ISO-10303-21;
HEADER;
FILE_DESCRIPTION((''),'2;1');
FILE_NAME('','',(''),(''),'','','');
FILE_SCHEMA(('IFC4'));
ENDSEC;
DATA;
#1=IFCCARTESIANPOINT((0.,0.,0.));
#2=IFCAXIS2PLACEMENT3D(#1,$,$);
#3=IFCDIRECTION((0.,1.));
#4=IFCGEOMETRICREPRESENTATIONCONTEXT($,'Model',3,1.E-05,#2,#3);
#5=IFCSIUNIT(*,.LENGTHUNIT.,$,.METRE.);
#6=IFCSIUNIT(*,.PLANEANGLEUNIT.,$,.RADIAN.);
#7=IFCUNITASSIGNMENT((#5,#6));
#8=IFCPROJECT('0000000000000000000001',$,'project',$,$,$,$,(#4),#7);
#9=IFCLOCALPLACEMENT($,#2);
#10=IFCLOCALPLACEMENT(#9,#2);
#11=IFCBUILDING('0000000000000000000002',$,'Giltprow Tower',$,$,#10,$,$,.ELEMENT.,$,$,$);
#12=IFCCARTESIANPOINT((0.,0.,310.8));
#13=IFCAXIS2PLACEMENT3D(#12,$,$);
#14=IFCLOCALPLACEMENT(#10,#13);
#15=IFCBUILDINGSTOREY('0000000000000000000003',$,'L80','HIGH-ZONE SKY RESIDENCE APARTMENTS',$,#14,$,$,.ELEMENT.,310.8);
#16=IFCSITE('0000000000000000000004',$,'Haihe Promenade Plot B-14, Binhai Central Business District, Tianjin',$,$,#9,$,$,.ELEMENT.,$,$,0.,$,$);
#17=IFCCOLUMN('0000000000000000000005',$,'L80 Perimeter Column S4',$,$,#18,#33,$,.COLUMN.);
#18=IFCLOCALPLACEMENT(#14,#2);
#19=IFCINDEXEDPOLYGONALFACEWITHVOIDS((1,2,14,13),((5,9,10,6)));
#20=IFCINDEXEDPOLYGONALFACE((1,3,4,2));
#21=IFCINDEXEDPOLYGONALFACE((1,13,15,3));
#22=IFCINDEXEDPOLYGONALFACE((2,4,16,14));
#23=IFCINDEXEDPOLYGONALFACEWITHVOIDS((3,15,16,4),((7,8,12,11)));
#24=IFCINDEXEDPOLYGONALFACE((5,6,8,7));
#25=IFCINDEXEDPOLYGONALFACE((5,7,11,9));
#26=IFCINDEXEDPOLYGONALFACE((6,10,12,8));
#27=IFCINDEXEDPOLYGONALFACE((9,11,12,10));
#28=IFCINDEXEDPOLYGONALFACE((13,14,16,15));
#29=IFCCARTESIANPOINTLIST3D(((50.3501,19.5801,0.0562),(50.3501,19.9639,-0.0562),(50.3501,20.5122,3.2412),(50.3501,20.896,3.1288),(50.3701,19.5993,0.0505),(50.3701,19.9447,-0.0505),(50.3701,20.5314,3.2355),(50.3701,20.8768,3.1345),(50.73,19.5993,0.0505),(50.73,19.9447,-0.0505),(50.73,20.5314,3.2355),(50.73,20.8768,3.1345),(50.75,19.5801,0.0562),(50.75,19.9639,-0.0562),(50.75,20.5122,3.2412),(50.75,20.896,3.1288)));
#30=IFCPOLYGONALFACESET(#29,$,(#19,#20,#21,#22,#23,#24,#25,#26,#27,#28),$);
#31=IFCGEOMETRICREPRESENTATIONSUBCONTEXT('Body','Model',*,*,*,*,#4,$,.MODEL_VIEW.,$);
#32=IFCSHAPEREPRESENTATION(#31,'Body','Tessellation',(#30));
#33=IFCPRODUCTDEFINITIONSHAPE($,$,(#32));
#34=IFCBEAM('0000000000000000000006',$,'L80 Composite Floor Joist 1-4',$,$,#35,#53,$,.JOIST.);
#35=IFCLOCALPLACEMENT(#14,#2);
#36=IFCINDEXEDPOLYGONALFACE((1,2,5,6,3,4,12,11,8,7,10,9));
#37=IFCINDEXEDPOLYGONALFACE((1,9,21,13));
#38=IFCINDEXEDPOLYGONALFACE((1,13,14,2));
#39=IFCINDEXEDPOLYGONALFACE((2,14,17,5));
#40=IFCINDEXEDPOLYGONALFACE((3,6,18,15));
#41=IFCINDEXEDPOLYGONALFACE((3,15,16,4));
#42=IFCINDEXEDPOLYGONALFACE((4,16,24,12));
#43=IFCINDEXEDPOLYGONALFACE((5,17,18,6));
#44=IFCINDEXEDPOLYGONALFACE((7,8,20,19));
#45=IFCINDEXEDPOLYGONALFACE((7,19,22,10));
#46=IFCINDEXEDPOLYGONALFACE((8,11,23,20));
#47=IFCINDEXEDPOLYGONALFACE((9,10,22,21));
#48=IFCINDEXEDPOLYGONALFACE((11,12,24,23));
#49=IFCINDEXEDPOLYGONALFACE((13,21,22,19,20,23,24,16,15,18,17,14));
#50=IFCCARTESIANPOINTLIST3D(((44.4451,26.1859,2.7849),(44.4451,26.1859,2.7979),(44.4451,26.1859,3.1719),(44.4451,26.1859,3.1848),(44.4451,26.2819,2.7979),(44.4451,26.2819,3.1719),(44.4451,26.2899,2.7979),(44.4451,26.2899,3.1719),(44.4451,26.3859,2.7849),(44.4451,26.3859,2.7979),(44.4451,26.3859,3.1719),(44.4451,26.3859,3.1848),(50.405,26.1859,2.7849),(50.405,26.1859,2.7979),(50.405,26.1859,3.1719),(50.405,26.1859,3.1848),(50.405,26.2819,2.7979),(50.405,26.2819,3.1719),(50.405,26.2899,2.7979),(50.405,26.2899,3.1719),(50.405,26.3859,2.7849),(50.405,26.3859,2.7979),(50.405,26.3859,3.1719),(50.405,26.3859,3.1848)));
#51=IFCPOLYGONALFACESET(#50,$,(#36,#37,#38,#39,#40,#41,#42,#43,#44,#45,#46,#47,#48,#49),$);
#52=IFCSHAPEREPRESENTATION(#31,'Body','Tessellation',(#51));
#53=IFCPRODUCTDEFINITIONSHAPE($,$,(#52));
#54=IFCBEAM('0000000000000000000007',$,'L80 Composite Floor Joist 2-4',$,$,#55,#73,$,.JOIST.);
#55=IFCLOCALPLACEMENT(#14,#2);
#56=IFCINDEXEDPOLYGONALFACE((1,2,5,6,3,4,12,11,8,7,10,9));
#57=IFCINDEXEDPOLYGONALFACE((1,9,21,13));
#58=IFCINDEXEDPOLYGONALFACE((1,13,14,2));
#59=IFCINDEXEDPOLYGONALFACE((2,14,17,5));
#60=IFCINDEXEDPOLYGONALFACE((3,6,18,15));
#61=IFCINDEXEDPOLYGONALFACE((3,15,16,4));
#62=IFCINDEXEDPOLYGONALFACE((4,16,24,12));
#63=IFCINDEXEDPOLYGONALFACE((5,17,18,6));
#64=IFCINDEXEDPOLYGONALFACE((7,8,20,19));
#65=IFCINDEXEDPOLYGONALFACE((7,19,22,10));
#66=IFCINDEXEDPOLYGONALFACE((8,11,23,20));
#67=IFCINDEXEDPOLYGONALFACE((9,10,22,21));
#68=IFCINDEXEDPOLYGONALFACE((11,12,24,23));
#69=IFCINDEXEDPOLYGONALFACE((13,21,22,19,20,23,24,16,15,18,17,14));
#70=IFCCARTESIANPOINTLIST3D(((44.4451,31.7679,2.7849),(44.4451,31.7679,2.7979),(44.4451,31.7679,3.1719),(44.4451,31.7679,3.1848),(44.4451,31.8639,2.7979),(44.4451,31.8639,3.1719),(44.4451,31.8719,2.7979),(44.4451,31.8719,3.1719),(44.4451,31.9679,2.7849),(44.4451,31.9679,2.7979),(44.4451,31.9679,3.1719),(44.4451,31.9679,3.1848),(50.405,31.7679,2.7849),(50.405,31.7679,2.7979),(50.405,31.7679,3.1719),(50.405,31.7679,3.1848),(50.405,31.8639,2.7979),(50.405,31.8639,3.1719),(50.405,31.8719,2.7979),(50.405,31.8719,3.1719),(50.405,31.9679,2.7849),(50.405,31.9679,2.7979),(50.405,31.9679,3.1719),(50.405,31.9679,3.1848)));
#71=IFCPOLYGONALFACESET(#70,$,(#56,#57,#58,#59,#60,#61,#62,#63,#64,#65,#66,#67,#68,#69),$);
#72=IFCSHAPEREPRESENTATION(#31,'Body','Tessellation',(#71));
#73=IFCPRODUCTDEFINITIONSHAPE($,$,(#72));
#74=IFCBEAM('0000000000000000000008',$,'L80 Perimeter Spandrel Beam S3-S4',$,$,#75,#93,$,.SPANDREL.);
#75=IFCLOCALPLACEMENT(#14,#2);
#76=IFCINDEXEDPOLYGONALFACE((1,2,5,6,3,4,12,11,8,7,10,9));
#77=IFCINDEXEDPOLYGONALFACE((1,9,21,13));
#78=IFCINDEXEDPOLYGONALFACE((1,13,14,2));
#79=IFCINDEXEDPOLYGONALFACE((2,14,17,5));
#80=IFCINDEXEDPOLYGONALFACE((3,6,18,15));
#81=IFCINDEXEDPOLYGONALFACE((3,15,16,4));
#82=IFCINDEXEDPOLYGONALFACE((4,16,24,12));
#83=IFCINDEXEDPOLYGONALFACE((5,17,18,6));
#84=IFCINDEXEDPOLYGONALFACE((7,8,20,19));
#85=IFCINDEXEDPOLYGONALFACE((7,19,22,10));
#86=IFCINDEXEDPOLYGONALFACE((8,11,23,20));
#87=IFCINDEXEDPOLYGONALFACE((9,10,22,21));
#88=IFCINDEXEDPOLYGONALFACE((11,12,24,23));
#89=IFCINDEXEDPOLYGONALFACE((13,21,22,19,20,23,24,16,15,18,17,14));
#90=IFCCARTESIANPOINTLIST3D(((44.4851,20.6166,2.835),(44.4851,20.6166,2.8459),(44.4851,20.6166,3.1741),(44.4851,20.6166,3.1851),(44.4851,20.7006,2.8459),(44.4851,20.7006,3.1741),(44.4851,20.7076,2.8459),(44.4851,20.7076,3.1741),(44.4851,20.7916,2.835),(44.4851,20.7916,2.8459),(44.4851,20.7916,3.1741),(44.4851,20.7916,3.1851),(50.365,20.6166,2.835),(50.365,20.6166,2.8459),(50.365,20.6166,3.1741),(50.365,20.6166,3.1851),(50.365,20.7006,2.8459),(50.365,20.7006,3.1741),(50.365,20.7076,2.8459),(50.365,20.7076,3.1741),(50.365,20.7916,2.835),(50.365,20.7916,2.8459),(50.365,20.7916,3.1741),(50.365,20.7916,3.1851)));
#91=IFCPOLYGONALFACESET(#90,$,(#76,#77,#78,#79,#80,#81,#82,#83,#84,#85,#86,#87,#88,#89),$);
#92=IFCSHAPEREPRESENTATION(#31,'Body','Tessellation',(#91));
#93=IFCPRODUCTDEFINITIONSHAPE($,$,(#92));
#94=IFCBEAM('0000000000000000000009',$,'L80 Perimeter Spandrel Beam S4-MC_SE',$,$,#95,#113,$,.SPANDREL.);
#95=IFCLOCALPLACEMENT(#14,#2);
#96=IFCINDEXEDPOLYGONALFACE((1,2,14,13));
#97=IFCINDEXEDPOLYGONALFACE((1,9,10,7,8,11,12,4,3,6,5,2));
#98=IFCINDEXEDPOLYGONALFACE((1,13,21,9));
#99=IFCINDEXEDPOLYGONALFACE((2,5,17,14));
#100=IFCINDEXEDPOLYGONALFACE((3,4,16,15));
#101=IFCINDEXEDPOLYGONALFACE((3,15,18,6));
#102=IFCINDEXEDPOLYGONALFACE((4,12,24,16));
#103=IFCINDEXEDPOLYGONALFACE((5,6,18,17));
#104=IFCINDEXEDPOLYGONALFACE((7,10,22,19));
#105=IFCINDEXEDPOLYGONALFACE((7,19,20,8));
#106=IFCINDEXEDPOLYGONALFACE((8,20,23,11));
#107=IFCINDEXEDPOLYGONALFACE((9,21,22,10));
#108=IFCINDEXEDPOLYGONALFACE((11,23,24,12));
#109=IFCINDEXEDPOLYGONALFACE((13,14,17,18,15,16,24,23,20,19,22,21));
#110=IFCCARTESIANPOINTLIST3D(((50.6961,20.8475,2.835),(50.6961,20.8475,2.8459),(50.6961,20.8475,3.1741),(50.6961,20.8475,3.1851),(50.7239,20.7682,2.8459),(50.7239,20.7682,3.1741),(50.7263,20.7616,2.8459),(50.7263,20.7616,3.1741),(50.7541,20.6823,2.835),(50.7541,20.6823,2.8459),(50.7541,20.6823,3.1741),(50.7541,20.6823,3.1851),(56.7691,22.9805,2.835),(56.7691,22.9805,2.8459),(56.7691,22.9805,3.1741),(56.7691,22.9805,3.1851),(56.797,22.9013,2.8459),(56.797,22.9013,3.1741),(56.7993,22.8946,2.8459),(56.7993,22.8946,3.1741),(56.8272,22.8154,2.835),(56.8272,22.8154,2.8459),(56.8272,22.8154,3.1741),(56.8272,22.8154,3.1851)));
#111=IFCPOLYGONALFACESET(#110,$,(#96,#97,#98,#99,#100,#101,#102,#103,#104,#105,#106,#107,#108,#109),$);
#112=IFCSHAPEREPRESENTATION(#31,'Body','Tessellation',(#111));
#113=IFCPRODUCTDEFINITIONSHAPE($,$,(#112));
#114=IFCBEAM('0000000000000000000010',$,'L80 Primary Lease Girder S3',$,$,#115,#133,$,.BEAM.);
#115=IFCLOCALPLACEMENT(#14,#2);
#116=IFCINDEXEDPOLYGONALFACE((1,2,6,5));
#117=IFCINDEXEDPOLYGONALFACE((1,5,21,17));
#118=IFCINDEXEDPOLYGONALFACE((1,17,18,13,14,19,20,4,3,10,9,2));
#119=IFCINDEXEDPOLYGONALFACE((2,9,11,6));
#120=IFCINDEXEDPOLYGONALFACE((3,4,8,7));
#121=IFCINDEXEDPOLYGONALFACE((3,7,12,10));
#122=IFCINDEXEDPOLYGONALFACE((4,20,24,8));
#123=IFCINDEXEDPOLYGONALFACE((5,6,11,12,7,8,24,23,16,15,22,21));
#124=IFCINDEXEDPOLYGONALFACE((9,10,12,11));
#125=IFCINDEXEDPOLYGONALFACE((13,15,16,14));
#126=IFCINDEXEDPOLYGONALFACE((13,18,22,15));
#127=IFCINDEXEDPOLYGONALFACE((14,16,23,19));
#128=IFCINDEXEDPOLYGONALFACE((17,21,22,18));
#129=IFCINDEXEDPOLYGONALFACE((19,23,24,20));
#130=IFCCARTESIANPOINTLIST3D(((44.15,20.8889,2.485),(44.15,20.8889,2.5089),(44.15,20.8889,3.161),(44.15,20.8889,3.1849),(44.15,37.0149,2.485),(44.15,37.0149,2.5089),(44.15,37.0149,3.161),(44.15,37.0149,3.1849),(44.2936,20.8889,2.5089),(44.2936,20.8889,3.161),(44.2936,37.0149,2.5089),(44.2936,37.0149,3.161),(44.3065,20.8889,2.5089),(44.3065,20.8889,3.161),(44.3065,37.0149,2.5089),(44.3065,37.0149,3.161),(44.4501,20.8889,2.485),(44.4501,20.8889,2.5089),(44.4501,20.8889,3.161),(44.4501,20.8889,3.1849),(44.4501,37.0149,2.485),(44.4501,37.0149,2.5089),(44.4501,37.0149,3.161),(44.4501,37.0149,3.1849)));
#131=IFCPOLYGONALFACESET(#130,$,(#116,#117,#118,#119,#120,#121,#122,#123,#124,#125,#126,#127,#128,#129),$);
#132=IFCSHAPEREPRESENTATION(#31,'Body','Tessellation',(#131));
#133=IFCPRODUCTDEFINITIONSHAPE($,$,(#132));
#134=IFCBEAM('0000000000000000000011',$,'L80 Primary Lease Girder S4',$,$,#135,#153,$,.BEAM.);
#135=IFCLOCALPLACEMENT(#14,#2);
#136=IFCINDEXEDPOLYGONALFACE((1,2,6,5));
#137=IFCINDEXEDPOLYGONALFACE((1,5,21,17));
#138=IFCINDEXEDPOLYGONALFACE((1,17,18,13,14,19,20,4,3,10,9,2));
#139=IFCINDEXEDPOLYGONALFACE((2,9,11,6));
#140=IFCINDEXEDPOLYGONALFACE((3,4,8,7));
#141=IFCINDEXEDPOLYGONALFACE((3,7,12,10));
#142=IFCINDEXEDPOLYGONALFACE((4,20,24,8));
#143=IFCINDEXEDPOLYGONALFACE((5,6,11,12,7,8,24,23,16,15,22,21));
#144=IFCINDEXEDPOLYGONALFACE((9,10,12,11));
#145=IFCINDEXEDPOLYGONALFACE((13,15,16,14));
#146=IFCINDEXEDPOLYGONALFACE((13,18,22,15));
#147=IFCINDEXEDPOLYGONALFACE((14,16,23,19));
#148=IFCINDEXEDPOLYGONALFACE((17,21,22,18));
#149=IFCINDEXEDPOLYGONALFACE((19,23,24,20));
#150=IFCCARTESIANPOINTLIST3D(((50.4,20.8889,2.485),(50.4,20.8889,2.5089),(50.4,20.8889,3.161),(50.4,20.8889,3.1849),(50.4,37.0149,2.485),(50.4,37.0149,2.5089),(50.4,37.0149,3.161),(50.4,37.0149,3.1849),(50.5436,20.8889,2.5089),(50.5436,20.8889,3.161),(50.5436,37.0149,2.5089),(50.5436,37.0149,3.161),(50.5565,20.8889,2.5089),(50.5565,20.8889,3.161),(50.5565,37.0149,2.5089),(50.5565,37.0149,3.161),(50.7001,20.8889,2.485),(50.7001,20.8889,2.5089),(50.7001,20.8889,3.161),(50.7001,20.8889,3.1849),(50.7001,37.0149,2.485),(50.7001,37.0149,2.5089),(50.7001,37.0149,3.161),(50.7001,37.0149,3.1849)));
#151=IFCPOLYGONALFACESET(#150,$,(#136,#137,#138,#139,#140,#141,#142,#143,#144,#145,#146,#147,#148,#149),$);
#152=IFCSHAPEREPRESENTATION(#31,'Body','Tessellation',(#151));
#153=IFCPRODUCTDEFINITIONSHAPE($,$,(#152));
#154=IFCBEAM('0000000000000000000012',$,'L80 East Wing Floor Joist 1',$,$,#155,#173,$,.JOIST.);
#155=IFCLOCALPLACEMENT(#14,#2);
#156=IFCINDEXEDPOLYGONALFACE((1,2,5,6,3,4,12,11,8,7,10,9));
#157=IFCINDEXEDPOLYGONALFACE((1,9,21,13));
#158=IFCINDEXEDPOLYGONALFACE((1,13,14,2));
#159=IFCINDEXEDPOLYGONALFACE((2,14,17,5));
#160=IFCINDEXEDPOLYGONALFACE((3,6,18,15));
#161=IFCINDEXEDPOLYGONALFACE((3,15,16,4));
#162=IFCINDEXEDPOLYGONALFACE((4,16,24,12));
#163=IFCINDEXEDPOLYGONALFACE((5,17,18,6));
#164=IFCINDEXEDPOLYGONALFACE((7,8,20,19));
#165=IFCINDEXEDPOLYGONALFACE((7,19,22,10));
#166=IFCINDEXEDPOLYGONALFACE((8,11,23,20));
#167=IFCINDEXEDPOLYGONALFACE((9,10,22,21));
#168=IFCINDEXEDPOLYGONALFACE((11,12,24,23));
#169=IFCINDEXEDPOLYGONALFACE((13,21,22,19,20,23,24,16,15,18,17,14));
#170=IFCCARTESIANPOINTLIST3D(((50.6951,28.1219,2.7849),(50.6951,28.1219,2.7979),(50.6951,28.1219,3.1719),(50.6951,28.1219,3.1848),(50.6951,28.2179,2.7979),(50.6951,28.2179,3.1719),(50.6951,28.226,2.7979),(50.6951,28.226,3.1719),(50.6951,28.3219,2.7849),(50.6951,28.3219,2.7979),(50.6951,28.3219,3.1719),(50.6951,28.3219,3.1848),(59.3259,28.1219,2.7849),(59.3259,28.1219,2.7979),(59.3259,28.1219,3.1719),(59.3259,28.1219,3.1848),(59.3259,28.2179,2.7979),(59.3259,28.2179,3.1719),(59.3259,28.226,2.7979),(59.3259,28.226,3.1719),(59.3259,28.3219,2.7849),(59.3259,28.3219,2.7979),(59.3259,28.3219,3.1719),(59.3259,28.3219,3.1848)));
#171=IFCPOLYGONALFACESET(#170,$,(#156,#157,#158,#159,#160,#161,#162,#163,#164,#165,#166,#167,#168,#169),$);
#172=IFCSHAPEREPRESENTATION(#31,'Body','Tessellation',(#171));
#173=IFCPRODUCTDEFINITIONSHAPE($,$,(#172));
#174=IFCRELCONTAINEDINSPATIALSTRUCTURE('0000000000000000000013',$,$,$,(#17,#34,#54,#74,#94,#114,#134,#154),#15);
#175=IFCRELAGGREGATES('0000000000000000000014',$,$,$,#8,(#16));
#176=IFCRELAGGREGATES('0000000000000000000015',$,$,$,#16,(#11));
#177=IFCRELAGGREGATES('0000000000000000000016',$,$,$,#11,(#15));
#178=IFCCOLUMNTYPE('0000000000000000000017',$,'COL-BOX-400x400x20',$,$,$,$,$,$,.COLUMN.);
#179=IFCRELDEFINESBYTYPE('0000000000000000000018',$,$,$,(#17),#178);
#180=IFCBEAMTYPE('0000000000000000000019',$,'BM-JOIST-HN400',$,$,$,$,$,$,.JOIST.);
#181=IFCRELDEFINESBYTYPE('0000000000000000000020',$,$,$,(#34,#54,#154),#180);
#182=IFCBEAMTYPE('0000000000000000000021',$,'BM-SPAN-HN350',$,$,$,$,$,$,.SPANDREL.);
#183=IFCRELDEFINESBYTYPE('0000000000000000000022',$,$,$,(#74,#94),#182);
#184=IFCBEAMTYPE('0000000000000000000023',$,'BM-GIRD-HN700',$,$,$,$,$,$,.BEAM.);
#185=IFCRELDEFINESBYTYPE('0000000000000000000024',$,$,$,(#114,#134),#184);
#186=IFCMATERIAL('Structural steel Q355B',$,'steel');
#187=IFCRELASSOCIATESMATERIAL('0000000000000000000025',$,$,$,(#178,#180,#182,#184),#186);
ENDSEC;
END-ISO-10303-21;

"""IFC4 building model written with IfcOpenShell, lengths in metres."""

from ifc_helpers import new_model, si_unit, direction, frame, origin, origin_2d, place, context, subcontext, project, spatial, hollow_rectangle, i_section, extrude, source, transform, mapped, material, material_profile, profile_set, type_object, element, save


model = new_model("IFC4")

# Units and contexts
model_context = context("Model", 3, precision=1e-05, world=origin(), true_north=direction((0.0, 1.0)))
body_context = subcontext(model_context, "Body", "Model", "MODEL_VIEW")
ifc_project = project(units=[si_unit("LENGTHUNIT", "METRE"), si_unit("PLANEANGLEUNIT", "RADIAN")], contexts=[model_context])

# Site, building, storey
site_placement = place(None, origin())
site = spatial("IfcSite", under=ifc_project, at=site_placement, Name="Haihe Promenade Plot B-14, Binhai Central Business District, Tianjin", CompositionType="ELEMENT", RefElevation=0.0)
building_placement = place(site_placement, origin())
building = spatial("IfcBuilding", under=site, at=building_placement, Name="Giltprow Tower", CompositionType="ELEMENT")
storey_placement = place(building_placement, frame((0.0, 0.0, 310.8)))
storey = spatial("IfcBuildingStorey", under=building, at=storey_placement, Name="L80", Description="HIGH-ZONE SKY RESIDENCE APARTMENTS", CompositionType="ELEMENT", Elevation=310.8)

# Column
ifc_material_1 = material(Name="Structural steel Q355B", Category="steel")
ifc_material_profile_1 = material_profile(ifc_material_1, hollow_rectangle(XDim=0.3999, YDim=0.3999, WallThickness=0.02, at=origin_2d()), Name="BOX 400x400x20")
ifc_profile_set_1 = profile_set([ifc_material_profile_1], Name="Structural steel Q355B")
column_type = type_object("IfcColumnType", Name="COL-BOX-400x400x20", PredefinedType="COLUMN", material=ifc_profile_set_1)
shared_shape_1 = source(origin(), body_context, "Body", "SweptSolid", [
    extrude(hollow_rectangle(XDim=0.3999, YDim=0.3999, WallThickness=0.02, at=origin_2d()), origin(), (0.0, 0.0, 1.0), 3.3186),
])
column_placement = place(storey_placement, frame((50.55, 19.772, 0.0), z_axis=(0.0, 0.280876, 0.959744), x_axis=(-1.0, 0.0, 0.0)))
element("IfcColumn", 1, at=column_placement, inside=storey, type_object=column_type, Name="L80 Perimeter Column S4", PredefinedType="COLUMN", context=body_context, shape_type="MappedRepresentation", body=[
    mapped(shared_shape_1, transform((0.0, 0.0, 0.0), x_axis=(1.0, 0.0, 0.0), y_axis=(0.0, 1.0, 0.0), z_axis=(0.0, 0.0, 1.0), scale=1.0)),
])

# Beams
ifc_material_profile_2 = material_profile(ifc_material_1, i_section(OverallWidth=0.2, OverallDepth=0.3999, WebThickness=0.0081, FlangeThickness=0.0129, at=origin_2d()), Name="HN 400x200x8x13")
ifc_profile_set_2 = profile_set([ifc_material_profile_2], Name="Structural steel Q355B")
beam_type_1 = type_object("IfcBeamType", Name="BM-JOIST-HN400", PredefinedType="JOIST", material=ifc_profile_set_2)
shared_shape_2 = source(origin(), body_context, "Body", "SweptSolid", [
    extrude(i_section(OverallWidth=0.2, OverallDepth=0.3999, WebThickness=0.0081, FlangeThickness=0.0129, at=origin_2d()), origin(), (0.0, 0.0, 1.0), 5.96),
])
for number, where, z_axis, x_axis, name in (
    (2, (44.4451, 26.2859, 2.9849), (1.0, 0.0, 0.0), (0.0, 1.0, 0.0), "L80 Composite Floor Joist 1-4"),
    (3, (44.4451, 31.8679, 2.9849), (1.0, 0.0, 0.0), (0.0, 1.0, 0.0), "L80 Composite Floor Joist 2-4"),
):
    element("IfcBeam", number, at=place(storey_placement, frame(where, z_axis=z_axis, x_axis=x_axis)), inside=storey, type_object=beam_type_1, Name=name, PredefinedType="JOIST", context=body_context, shape_type="MappedRepresentation", body=[
        mapped(shared_shape_2, transform((0.0, 0.0, 0.0), x_axis=(1.0, 0.0, 0.0), y_axis=(0.0, 1.0, 0.0), z_axis=(0.0, 0.0, 1.0), scale=1.0)),
    ])
ifc_material_profile_3 = material_profile(ifc_material_1, i_section(OverallWidth=0.175, OverallDepth=0.3501, WebThickness=0.0071, FlangeThickness=0.011, at=origin_2d()), Name="HN 350x175x7x11")
ifc_profile_set_3 = profile_set([ifc_material_profile_3], Name="Structural steel Q355B")
beam_type_2 = type_object("IfcBeamType", Name="BM-SPAN-HN350", PredefinedType="SPANDREL", material=ifc_profile_set_3)
shared_shape_3 = source(origin(), body_context, "Body", "SweptSolid", [
    extrude(i_section(OverallWidth=0.175, OverallDepth=0.3501, WebThickness=0.0071, FlangeThickness=0.011, at=origin_2d()), origin(), (0.0, 0.0, 1.0), 5.8799),
])
beam_1_placement = place(storey_placement, frame((44.4851, 20.7041, 3.01), z_axis=(1.0, 0.0, 0.0), x_axis=(0.0, 1.0, 0.0)))
element("IfcBeam", 4, at=beam_1_placement, inside=storey, type_object=beam_type_2, Name="L80 Perimeter Spandrel Beam S3-S4", PredefinedType="SPANDREL", context=body_context, shape_type="MappedRepresentation", body=[
    mapped(shared_shape_3, transform((0.0, 0.0, 0.0), x_axis=(1.0, 0.0, 0.0), y_axis=(0.0, 1.0, 0.0), z_axis=(0.0, 0.0, 1.0), scale=1.0)),
])
shared_shape_4 = source(origin(), body_context, "Body", "SweptSolid", [
    extrude(i_section(OverallWidth=0.175, OverallDepth=0.3501, WebThickness=0.0071, FlangeThickness=0.011, at=origin_2d()), origin(), (0.0, 0.0, 1.0), 6.4368),
])
beam_2_placement = place(storey_placement, frame((50.7251, 20.7649, 3.01), z_axis=(0.943494, 0.331389, 0.0), x_axis=(-0.331389, 0.943494, 0.0)))
element("IfcBeam", 5, at=beam_2_placement, inside=storey, type_object=beam_type_2, Name="L80 Perimeter Spandrel Beam S4-MC_SE", PredefinedType="SPANDREL", context=body_context, shape_type="MappedRepresentation", body=[
    mapped(shared_shape_4, transform((0.0, 0.0, 0.0), x_axis=(1.0, 0.0, 0.0), y_axis=(0.0, 1.0, 0.0), z_axis=(0.0, 0.0, 1.0), scale=1.0)),
])
ifc_material_profile_4 = material_profile(ifc_material_1, i_section(OverallWidth=0.3, OverallDepth=0.7, WebThickness=0.0129, FlangeThickness=0.0239, at=origin_2d()), Name="HN 700x300x13x24")
ifc_profile_set_4 = profile_set([ifc_material_profile_4], Name="Structural steel Q355B")
beam_type_3 = type_object("IfcBeamType", Name="BM-GIRD-HN700", PredefinedType="BEAM", material=ifc_profile_set_4)
shared_shape_5 = source(origin(), body_context, "Body", "SweptSolid", [
    extrude(i_section(OverallWidth=0.3, OverallDepth=0.7, WebThickness=0.0129, FlangeThickness=0.0239, at=origin_2d()), origin(), (0.0, 0.0, 1.0), 16.126),
])
for number, where, z_axis, x_axis, name in (
    (6, (44.3, 20.8889, 2.835), (0.0, 1.0, 0.0), (-1.0, 0.0, 0.0), "L80 Primary Lease Girder S3"),
    (7, (50.55, 20.8889, 2.835), (0.0, 1.0, 0.0), (-1.0, 0.0, 0.0), "L80 Primary Lease Girder S4"),
):
    element("IfcBeam", number, at=place(storey_placement, frame(where, z_axis=z_axis, x_axis=x_axis)), inside=storey, type_object=beam_type_3, Name=name, PredefinedType="BEAM", context=body_context, shape_type="MappedRepresentation", body=[
        mapped(shared_shape_5, transform((0.0, 0.0, 0.0), x_axis=(1.0, 0.0, 0.0), y_axis=(0.0, 1.0, 0.0), z_axis=(0.0, 0.0, 1.0), scale=1.0)),
    ])
shared_shape_6 = source(origin(), body_context, "Body", "SweptSolid", [
    extrude(i_section(OverallWidth=0.2, OverallDepth=0.3999, WebThickness=0.0081, FlangeThickness=0.0129, at=origin_2d()), origin(), (0.0, 0.0, 1.0), 8.6309),
])
beam_3_placement = place(storey_placement, frame((50.6951, 28.2219, 2.9849), z_axis=(1.0, 0.0, 0.0), x_axis=(0.0, 1.0, 0.0)))
element("IfcBeam", 8, at=beam_3_placement, inside=storey, type_object=beam_type_1, Name="L80 East Wing Floor Joist 1", PredefinedType="JOIST", context=body_context, shape_type="MappedRepresentation", body=[
    mapped(shared_shape_6, transform((0.0, 0.0, 0.0), x_axis=(1.0, 0.0, 0.0), y_axis=(0.0, 1.0, 0.0), z_axis=(0.0, 0.0, 1.0), scale=1.0)),
])

save(model, "model.ifc")
